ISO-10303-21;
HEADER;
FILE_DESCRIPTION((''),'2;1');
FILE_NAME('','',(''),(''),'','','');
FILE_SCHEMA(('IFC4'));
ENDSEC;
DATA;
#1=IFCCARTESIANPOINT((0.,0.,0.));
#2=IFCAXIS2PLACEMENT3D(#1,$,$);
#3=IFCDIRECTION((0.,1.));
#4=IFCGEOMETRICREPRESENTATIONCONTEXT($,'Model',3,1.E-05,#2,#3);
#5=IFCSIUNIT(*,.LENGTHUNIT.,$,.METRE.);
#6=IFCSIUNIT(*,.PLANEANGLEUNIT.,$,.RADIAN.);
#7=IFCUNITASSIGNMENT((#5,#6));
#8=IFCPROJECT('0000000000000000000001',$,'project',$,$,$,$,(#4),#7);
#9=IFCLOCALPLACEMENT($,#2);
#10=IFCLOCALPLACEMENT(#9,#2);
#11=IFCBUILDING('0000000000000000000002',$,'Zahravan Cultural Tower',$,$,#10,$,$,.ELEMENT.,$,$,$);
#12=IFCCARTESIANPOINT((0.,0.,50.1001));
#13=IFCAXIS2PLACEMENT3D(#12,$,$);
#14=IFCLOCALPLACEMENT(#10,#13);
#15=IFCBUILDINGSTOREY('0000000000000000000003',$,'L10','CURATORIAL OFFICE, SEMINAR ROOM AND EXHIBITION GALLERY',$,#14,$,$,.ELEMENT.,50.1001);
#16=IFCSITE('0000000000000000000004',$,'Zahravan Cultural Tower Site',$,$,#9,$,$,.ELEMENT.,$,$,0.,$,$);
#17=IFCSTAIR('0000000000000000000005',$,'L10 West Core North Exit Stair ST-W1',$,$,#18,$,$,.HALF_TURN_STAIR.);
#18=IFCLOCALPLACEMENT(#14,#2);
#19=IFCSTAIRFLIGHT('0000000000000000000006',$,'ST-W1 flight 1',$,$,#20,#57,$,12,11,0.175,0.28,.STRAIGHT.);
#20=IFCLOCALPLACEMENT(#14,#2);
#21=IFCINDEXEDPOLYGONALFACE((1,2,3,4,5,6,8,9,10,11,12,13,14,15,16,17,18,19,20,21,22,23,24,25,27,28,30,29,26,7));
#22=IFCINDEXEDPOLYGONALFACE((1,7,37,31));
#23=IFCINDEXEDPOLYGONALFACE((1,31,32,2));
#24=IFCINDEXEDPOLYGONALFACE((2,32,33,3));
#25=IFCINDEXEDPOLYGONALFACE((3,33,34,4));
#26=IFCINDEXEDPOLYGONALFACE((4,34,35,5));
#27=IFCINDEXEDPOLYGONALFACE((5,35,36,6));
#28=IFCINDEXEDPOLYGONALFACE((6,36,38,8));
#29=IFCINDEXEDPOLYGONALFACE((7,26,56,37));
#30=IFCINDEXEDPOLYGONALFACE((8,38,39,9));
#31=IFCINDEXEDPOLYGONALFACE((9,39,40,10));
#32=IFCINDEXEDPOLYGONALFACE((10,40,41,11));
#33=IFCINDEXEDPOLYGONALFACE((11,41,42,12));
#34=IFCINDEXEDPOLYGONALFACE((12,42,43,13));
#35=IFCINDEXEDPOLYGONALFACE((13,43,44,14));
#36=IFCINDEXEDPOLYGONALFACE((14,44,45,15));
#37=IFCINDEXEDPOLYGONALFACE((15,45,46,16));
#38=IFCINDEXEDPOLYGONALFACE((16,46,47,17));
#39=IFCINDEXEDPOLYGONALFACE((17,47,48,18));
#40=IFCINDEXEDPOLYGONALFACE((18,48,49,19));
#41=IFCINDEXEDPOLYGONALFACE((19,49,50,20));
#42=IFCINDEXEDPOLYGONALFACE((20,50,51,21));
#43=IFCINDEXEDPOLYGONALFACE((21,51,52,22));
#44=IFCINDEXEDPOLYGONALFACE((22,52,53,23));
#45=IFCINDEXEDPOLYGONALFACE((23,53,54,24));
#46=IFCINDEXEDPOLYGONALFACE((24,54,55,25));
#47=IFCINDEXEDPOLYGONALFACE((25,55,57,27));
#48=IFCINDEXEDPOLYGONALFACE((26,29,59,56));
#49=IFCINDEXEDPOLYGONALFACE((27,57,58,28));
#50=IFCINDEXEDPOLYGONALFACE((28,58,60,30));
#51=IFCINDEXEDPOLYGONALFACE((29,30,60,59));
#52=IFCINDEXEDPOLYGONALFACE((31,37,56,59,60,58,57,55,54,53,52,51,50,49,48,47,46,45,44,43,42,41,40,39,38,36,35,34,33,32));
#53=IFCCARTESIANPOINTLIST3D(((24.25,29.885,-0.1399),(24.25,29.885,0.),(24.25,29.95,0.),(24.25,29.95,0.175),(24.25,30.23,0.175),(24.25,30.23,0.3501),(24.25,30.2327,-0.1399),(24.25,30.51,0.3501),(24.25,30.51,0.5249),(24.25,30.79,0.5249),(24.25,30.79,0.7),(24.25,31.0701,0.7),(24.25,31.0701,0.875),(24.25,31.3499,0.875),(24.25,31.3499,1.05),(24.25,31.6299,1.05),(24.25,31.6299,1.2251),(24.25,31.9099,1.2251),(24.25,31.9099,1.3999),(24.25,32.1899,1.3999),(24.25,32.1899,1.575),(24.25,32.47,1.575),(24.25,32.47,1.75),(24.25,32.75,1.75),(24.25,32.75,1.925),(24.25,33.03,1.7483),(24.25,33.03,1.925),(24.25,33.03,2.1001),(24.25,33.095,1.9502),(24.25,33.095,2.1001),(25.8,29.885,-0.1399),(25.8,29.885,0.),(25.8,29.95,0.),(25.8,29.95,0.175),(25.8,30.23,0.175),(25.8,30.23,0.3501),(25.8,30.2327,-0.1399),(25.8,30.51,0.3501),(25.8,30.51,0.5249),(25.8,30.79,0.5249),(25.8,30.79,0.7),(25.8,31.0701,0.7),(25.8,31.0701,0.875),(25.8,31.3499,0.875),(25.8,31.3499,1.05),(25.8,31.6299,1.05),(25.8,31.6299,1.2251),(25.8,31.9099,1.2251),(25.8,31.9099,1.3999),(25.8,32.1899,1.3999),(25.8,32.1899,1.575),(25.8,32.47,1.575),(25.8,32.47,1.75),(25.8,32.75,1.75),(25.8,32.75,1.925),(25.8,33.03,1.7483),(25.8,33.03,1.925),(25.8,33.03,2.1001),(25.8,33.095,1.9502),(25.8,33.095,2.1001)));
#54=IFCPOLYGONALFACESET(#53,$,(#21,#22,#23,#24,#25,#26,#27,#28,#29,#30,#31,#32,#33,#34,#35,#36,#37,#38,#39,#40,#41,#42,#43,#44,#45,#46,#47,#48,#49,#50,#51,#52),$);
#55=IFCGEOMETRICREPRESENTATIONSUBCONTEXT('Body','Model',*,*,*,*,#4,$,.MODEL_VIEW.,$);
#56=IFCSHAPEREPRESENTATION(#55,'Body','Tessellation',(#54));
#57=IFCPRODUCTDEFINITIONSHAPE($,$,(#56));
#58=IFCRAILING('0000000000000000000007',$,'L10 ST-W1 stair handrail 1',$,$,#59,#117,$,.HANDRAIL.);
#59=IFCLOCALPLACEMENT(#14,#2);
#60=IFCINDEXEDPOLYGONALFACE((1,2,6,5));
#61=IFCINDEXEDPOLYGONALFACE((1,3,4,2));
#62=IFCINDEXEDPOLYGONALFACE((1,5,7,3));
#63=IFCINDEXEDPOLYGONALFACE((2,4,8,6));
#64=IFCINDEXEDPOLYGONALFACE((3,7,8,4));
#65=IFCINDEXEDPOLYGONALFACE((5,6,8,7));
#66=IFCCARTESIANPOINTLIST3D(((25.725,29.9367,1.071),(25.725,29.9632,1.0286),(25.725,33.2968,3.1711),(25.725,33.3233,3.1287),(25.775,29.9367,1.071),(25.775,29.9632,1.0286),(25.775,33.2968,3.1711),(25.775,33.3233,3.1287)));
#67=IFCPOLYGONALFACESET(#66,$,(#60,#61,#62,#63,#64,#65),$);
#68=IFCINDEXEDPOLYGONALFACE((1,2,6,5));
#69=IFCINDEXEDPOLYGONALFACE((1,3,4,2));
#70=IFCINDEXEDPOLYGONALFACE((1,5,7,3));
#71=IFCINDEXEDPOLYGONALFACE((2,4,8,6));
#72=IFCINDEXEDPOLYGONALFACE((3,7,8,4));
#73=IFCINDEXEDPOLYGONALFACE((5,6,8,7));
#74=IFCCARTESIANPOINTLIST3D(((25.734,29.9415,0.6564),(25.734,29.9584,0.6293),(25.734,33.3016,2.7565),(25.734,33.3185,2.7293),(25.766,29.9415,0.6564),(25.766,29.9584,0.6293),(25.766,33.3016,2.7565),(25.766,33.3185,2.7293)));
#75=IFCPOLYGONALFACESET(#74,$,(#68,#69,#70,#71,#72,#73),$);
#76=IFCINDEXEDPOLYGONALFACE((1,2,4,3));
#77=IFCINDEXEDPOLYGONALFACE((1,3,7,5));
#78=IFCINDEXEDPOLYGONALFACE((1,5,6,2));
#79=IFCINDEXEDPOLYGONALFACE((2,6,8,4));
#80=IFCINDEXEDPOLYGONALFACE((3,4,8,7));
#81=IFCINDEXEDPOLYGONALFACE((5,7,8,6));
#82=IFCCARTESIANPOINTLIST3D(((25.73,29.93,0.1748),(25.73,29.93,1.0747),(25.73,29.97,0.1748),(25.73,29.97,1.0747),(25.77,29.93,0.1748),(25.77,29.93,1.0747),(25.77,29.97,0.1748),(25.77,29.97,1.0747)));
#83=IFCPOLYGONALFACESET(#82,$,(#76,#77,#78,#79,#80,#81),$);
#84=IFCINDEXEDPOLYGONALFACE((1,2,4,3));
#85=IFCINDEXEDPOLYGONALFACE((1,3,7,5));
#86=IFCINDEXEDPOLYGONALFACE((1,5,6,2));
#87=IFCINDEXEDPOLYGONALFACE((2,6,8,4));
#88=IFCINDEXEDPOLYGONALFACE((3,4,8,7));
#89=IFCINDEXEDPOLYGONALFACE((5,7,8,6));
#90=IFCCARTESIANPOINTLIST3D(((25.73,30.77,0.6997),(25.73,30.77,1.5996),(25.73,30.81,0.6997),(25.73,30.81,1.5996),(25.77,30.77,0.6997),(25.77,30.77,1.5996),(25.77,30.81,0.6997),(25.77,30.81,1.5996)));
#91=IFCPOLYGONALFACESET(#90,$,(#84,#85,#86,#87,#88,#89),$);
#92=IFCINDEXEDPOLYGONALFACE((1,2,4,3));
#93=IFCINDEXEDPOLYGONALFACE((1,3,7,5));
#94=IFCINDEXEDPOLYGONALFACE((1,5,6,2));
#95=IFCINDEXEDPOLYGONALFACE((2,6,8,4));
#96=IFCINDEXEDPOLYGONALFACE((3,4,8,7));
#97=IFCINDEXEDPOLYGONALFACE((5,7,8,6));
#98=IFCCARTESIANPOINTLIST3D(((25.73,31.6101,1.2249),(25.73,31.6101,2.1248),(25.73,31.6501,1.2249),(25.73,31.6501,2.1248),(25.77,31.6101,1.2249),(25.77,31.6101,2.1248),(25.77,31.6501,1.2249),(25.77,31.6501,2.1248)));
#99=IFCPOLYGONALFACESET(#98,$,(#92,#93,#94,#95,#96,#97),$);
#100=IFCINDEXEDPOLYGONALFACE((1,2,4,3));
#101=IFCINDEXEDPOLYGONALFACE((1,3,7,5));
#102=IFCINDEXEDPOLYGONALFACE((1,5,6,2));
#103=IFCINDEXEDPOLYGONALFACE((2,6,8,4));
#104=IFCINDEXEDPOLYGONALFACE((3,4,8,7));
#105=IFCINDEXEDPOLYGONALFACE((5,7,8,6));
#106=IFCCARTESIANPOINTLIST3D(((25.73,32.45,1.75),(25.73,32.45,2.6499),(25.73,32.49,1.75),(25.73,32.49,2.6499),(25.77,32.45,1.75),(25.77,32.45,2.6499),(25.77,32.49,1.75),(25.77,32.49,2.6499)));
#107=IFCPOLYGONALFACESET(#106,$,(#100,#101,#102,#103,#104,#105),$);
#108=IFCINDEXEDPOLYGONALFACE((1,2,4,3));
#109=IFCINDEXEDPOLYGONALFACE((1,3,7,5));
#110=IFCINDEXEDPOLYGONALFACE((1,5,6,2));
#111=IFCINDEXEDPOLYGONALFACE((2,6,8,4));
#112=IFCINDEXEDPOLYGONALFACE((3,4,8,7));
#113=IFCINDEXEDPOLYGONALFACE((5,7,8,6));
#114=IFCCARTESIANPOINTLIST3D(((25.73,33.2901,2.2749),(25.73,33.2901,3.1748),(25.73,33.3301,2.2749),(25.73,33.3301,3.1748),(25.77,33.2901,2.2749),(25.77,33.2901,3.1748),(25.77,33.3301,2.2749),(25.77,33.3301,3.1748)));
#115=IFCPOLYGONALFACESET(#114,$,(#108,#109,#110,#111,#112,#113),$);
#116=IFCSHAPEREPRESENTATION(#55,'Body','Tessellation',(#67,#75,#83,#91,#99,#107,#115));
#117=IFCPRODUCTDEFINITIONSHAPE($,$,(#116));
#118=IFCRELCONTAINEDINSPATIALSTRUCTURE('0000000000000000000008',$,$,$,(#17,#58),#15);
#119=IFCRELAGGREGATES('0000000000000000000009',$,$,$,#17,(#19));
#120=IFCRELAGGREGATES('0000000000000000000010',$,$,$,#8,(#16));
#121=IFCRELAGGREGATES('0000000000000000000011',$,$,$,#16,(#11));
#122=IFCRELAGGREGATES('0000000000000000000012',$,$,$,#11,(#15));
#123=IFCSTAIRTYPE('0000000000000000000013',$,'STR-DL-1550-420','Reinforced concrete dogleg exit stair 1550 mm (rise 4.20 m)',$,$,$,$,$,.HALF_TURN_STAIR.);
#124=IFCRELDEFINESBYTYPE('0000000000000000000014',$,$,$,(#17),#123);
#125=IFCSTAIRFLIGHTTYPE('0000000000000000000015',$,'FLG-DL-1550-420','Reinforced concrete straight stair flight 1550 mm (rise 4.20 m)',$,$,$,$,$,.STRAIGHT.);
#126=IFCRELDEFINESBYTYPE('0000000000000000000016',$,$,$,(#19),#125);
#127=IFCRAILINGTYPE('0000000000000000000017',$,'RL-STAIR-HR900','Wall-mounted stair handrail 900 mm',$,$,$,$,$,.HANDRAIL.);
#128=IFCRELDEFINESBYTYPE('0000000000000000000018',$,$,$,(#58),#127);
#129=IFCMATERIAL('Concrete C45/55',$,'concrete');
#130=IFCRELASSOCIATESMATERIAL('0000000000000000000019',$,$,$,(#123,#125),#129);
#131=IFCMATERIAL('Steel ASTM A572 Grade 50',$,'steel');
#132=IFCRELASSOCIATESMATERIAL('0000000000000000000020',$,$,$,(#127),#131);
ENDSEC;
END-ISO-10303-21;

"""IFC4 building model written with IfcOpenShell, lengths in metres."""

from ifc_helpers import new_model, si_unit, direction, frame, origin, origin_2d, place, context, subcontext, project, spatial, polyline, rectangle, outline, extrude, material, type_object, element, aggregate, save


model = new_model("IFC4")

# Units and contexts
model_context = context("Model", 3, precision=1e-05, world=origin(), true_north=direction((0.0, 1.0)))
body_context = subcontext(model_context, "Body", "Model", "MODEL_VIEW")
ifc_project = project(units=[si_unit("LENGTHUNIT", "METRE"), si_unit("PLANEANGLEUNIT", "RADIAN")], contexts=[model_context])

# Site, building, storey
site_placement = place(None, origin())
site = spatial("IfcSite", under=ifc_project, at=site_placement, Name="Zahravan Cultural Tower Site", CompositionType="ELEMENT", RefElevation=0.0)
building_placement = place(site_placement, origin())
building = spatial("IfcBuilding", under=site, at=building_placement, Name="Zahravan Cultural Tower", CompositionType="ELEMENT")
storey_placement = place(building_placement, frame((0.0, 0.0, 50.1001)))
storey = spatial("IfcBuildingStorey", under=building, at=storey_placement, Name="L10", Description="CURATORIAL OFFICE, SEMINAR ROOM AND EXHIBITION GALLERY", CompositionType="ELEMENT", Elevation=50.1001)

# Shared definitions
ifc_material_1 = material(Name="Steel ASTM A572 Grade 50", Category="steel")
ifc_material_2 = material(Name="Concrete C45/55", Category="concrete")

# Stair, stair flight
stair_type = type_object("IfcStairType", Name="STR-DL-1550-420", Description="Reinforced concrete dogleg exit stair 1550 mm (rise 4.20 m)", PredefinedType="HALF_TURN_STAIR", material=ifc_material_2)
stair_placement = place(storey_placement, origin())
stair = element("IfcStair", 1, at=stair_placement, inside=storey, type_object=stair_type, Name="L10 West Core North Exit Stair ST-W1", PredefinedType="HALF_TURN_STAIR")
stair_flight_type = type_object("IfcStairFlightType", Name="FLG-DL-1550-420", Description="Reinforced concrete straight stair flight 1550 mm (rise 4.20 m)", PredefinedType="STRAIGHT", material=ifc_material_2)
stair_flight_placement = place(storey_placement, frame((25.0249, 29.95, 0.0), z_axis=(0.0, 0.0, 1.0), x_axis=(0.0, 1.0, 0.0)))
stair_flight = element("IfcStairFlight", 2, at=stair_flight_placement, type_object=stair_flight_type, Name="ST-W1 flight 1", NumberOfRisers=12, NumberOfTreads=11, PredefinedType="STRAIGHT", RiserHeight=0.175, TreadLength=0.28, context=body_context, shape_type="SweptSolid", body=[
    extrude(outline(polyline([(-0.0649, -0.1399), (-0.0649, 0.0), (0.0, 0.0), (0.0, 0.175), (0.28, 0.175), (0.28, 0.3501), (0.5601, 0.3501), (0.5601, 0.5249), (0.8401, 0.5249), (0.8401, 0.7), (1.1201, 0.7), (1.1201, 0.875), (1.3999, 0.875), (1.3999, 1.05), (1.6799, 1.05), (1.6799, 1.2251), (1.96, 1.2251), (1.96, 1.3999), (2.24, 1.3999), (2.24, 1.575), (2.52, 1.575), (2.52, 1.75), (2.8, 1.75), (2.8, 1.925), (3.0801, 1.925), (3.0801, 2.1001), (3.145, 2.1001), (3.145, 1.9502), (3.0801, 1.7483), (0.2827, -0.1399), (-0.0649, -0.1399)])), frame((0.0, 0.7749, 0.0), z_axis=(0.0, -1.0, 0.0), x_axis=(1.0, 0.0, 0.0)), (0.0, 0.0, 1.0), 1.55),
])
aggregate(stair, [stair_flight])

# Railing
railing_type = type_object("IfcRailingType", Name="RL-STAIR-HR900", Description="Wall-mounted stair handrail 900 mm", PredefinedType="HANDRAIL", material=ifc_material_1)
railing_placement = place(storey_placement, frame((25.75, 29.95, 0.1748)))
element("IfcRailing", 3, at=railing_placement, inside=storey, type_object=railing_type, Name="L10 ST-W1 stair handrail 1", PredefinedType="HANDRAIL", context=body_context, shape_type="SweptSolid", body=[
    extrude(rectangle(XDim=0.05, YDim=0.05, at=origin_2d()), frame((0.0, 0.0, 0.875), z_axis=(0.0, 0.847995, 0.530004), x_axis=(-1.0, 0.0, 0.0)), (0.0, 0.0, 1.0), 3.9624),
    extrude(rectangle(XDim=0.032, YDim=0.032, at=origin_2d()), frame((0.0, 0.0, 0.468), z_axis=(0.0, 0.847995, 0.530004), x_axis=(-1.0, 0.0, 0.0)), (0.0, 0.0, 1.0), 3.9624),
    extrude(rectangle(XDim=0.04, YDim=0.04, at=origin_2d()), origin(), (0.0, 0.0, 1.0), 0.8999),
    extrude(rectangle(XDim=0.04, YDim=0.04, at=origin_2d()), frame((0.0, 0.8401, 0.5249)), (0.0, 0.0, 1.0), 0.8999),
    extrude(rectangle(XDim=0.04, YDim=0.04, at=origin_2d()), frame((0.0, 1.6802, 1.05)), (0.0, 0.0, 1.0), 0.8999),
    extrude(rectangle(XDim=0.04, YDim=0.04, at=origin_2d()), frame((0.0, 2.52, 1.5752)), (0.0, 0.0, 1.0), 0.8999),
    extrude(rectangle(XDim=0.04, YDim=0.04, at=origin_2d()), frame((0.0, 3.3601, 2.1001)), (0.0, 0.0, 1.0), 0.8999),
])

save(model, "model.ifc")
